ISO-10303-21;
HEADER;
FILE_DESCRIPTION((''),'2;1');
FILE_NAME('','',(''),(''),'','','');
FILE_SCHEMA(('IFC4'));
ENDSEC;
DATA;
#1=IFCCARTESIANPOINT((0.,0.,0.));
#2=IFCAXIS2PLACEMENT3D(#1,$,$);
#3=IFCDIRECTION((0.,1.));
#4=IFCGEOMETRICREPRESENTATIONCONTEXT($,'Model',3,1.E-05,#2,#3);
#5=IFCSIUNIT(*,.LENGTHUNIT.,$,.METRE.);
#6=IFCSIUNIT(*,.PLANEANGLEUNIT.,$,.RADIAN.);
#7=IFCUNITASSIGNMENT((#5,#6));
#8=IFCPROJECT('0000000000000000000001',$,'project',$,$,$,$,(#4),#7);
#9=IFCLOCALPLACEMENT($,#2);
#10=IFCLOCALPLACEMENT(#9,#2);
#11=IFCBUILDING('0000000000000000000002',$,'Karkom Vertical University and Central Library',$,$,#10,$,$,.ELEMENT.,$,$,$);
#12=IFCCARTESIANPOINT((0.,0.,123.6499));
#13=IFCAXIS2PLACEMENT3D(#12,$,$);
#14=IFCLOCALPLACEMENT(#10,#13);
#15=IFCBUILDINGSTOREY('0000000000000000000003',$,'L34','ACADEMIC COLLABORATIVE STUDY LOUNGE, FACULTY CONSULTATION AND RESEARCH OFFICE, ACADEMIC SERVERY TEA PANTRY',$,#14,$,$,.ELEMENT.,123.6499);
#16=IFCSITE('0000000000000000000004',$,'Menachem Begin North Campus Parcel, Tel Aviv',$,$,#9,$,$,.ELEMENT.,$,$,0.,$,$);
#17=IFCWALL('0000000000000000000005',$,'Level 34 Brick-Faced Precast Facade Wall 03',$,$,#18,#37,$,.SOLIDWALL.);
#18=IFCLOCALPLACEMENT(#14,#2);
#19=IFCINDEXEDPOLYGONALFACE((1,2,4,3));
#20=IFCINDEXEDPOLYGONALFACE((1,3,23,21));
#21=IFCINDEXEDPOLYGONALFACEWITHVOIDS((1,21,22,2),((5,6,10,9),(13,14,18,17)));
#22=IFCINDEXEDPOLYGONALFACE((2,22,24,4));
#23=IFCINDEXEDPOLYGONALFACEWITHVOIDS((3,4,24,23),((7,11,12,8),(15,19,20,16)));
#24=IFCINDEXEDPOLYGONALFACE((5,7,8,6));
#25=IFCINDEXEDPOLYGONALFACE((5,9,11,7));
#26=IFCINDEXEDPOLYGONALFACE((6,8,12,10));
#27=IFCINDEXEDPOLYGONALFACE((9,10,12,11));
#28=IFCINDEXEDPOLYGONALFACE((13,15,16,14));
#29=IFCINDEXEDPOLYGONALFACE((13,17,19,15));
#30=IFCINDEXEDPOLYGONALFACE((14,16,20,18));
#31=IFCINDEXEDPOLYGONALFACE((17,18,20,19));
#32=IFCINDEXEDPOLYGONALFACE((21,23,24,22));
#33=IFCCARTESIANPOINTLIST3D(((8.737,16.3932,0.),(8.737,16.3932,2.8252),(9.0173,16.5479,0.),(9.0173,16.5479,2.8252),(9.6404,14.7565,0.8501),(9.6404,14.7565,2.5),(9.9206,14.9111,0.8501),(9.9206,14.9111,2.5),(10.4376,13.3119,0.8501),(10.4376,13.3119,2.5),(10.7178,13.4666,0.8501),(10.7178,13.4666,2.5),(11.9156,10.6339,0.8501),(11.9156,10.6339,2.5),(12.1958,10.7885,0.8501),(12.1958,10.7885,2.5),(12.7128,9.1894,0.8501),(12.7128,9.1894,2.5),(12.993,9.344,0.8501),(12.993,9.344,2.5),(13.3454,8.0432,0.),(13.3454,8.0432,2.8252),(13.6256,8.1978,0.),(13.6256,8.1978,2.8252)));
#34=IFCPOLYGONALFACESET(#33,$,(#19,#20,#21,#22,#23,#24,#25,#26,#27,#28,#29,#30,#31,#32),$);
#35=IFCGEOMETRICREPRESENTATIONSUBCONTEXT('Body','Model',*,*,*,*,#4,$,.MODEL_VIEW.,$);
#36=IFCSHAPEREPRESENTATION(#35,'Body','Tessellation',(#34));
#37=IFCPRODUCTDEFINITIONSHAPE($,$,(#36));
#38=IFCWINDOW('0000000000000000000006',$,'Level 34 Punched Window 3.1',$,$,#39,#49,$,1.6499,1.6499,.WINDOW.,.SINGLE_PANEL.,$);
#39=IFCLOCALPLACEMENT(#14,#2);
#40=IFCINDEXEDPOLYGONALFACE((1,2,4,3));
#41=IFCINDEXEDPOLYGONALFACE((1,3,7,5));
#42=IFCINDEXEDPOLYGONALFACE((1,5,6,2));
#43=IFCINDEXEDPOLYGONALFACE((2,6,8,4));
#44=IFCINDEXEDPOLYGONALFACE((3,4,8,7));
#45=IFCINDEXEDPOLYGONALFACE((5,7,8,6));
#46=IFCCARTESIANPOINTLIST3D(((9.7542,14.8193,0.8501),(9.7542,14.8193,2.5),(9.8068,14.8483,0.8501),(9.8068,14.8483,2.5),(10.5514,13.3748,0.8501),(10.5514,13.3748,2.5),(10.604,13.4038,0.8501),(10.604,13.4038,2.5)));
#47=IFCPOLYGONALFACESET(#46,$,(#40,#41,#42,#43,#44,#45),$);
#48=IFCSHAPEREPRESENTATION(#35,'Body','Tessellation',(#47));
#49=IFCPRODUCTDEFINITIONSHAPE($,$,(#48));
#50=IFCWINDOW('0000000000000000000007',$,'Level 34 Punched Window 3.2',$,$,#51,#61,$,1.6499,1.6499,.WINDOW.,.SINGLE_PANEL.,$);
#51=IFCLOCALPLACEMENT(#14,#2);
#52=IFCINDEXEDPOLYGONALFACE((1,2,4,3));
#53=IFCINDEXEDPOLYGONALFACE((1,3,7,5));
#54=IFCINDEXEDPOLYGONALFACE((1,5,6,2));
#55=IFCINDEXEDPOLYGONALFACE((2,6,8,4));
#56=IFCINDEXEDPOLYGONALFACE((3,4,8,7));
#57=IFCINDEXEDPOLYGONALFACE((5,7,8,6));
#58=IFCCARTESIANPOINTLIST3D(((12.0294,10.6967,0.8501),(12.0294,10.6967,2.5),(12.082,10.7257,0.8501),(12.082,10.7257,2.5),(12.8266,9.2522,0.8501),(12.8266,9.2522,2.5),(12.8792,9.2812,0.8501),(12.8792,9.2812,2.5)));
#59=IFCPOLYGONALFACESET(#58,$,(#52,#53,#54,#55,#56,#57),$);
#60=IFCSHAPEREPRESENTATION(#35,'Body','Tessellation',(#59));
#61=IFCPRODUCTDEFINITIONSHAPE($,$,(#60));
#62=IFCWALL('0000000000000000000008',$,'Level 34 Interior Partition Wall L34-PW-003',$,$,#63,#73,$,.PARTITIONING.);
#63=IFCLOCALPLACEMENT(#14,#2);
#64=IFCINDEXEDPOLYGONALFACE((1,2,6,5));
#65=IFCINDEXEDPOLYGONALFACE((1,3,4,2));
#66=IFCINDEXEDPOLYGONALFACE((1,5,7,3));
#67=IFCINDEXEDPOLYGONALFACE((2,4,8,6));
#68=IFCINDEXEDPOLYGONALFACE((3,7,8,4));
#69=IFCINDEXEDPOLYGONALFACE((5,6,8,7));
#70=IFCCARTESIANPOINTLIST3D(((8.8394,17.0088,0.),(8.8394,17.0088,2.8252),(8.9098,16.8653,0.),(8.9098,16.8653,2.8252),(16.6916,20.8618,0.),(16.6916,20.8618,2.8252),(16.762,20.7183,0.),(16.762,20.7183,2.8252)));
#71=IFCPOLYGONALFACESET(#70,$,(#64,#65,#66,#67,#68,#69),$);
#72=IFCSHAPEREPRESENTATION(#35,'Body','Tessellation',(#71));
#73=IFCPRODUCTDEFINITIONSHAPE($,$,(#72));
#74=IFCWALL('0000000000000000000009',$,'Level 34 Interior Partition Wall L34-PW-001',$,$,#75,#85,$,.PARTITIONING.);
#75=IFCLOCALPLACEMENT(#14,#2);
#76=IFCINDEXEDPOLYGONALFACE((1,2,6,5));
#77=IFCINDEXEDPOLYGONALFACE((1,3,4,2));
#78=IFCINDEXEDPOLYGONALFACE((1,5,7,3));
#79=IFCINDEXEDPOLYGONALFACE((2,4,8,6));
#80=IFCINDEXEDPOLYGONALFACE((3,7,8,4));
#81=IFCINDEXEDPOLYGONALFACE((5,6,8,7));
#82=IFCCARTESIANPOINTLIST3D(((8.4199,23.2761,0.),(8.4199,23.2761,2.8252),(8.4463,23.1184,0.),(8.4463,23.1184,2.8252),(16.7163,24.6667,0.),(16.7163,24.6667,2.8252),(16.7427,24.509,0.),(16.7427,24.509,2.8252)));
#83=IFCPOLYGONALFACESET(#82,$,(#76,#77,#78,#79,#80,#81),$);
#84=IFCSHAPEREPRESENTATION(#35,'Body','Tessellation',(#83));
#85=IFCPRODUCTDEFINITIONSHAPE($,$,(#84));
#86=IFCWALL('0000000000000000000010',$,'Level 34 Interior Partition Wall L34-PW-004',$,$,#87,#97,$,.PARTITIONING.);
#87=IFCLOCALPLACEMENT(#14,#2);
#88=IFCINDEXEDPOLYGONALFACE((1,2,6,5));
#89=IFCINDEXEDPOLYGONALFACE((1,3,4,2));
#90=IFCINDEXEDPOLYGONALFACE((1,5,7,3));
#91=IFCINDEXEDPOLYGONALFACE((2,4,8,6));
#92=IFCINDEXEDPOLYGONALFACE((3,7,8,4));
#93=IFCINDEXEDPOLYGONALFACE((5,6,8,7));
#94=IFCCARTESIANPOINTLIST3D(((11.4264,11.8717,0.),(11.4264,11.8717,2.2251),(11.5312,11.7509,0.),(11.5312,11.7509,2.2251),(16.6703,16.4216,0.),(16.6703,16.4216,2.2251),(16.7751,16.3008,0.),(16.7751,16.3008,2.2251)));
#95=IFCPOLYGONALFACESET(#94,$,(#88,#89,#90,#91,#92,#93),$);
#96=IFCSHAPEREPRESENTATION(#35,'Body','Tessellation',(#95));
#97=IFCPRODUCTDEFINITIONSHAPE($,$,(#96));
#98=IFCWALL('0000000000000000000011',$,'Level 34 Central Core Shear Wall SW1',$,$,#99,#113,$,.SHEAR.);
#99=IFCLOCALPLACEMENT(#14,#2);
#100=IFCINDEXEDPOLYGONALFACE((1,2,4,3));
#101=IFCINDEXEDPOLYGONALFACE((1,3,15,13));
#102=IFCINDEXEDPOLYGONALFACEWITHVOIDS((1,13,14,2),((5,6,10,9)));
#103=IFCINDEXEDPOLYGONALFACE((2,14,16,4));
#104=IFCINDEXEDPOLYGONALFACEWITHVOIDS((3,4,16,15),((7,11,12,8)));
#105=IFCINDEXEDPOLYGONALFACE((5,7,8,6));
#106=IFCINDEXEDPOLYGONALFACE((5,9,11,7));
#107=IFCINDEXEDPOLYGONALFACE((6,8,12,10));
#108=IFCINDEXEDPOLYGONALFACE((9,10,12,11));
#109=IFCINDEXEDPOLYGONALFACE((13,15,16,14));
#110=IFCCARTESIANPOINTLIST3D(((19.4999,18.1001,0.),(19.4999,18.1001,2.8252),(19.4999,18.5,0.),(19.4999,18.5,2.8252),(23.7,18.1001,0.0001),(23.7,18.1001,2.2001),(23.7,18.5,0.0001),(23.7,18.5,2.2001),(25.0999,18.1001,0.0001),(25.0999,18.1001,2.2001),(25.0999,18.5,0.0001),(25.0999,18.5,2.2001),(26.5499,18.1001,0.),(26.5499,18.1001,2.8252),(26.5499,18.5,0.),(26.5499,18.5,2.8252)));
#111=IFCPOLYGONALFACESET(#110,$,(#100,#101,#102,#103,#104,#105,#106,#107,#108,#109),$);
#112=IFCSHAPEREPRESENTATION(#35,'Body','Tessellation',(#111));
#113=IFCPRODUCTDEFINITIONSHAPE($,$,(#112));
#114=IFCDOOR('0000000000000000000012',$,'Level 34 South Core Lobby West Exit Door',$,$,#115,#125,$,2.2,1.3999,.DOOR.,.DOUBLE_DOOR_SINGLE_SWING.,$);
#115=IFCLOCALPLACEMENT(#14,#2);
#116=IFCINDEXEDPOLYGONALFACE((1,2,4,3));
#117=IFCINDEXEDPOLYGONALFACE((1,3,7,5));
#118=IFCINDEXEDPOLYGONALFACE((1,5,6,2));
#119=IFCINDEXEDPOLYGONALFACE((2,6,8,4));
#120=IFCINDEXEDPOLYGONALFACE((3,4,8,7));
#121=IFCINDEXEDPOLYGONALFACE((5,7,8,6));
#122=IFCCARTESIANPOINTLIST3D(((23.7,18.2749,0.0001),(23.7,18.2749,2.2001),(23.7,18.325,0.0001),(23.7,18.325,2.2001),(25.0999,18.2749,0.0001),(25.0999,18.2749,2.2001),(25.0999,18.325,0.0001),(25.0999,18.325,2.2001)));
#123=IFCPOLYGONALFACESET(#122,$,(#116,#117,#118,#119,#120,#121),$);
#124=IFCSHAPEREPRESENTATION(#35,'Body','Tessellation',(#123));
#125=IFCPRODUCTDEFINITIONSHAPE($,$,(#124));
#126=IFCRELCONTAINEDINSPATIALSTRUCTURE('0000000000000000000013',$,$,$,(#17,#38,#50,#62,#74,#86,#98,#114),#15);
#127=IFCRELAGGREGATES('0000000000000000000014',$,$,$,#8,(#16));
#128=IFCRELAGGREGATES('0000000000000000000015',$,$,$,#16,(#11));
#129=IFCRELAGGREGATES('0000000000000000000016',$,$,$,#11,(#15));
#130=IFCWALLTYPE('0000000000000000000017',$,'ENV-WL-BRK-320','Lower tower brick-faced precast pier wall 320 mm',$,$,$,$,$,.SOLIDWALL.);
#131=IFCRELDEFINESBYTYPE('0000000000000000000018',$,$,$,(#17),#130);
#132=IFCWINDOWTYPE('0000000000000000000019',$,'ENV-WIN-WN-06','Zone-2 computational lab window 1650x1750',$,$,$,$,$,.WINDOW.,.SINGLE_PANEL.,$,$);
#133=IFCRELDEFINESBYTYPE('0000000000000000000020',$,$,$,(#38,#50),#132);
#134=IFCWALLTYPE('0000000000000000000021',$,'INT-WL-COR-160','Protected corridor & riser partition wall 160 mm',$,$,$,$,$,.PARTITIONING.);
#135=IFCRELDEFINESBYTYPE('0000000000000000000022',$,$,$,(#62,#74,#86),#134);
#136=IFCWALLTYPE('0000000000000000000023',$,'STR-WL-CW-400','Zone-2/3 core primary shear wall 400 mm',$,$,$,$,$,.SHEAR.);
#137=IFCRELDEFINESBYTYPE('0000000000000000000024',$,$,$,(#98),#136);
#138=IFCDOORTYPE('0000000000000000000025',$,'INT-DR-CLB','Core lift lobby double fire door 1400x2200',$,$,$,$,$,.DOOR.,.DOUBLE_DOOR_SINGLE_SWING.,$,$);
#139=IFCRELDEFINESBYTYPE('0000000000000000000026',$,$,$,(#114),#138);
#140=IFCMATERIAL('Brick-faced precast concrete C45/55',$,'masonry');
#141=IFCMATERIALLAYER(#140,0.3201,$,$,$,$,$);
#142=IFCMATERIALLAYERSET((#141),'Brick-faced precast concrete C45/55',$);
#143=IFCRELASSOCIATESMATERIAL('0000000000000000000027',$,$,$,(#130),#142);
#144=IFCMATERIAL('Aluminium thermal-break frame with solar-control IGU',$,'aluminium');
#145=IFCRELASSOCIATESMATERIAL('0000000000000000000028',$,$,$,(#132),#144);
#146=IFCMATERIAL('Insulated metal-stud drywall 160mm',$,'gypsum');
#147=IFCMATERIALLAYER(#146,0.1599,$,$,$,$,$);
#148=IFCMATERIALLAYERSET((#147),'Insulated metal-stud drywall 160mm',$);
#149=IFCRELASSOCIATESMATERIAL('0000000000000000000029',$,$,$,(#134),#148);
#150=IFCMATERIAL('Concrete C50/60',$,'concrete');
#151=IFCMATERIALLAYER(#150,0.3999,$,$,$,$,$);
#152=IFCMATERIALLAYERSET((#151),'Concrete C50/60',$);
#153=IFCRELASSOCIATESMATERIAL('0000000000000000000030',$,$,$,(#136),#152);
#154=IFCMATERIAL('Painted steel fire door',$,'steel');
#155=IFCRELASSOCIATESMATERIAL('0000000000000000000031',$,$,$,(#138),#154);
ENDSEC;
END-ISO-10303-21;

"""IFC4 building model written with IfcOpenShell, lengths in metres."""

from ifc_helpers import new_model, si_unit, direction, frame, frame_2d, origin, origin_with_axes, place, context, subcontext, project, spatial, rectangle, extrude, source, transform, mapped, material, layer, layer_set, type_object, element, fill, save


model = new_model("IFC4")

# Units and contexts
model_context = context("Model", 3, precision=1e-05, world=origin(), true_north=direction((0.0, 1.0)))
body_context = subcontext(model_context, "Body", "Model", "MODEL_VIEW")
ifc_project = project(units=[si_unit("LENGTHUNIT", "METRE"), si_unit("PLANEANGLEUNIT", "RADIAN")], contexts=[model_context])

# Site, building, storey
site_placement = place(None, origin())
site = spatial("IfcSite", under=ifc_project, at=site_placement, Name="Menachem Begin North Campus Parcel, Tel Aviv", CompositionType="ELEMENT", RefElevation=0.0)
building_placement = place(site_placement, origin())
building = spatial("IfcBuilding", under=site, at=building_placement, Name="Karkom Vertical University and Central Library", CompositionType="ELEMENT")
storey_placement = place(building_placement, frame((0.0, 0.0, 123.6499)))
storey = spatial("IfcBuildingStorey", under=building, at=storey_placement, Name="L34", Description="ACADEMIC COLLABORATIVE STUDY LOUNGE, FACULTY CONSULTATION AND RESEARCH OFFICE, ACADEMIC SERVERY TEA PANTRY", CompositionType="ELEMENT", Elevation=123.6499)

# Wall, openings, windows
ifc_material_1 = material(Name="Brick-faced precast concrete C45/55", Category="masonry")
ifc_layer_1 = layer(ifc_material_1, 0.3201)
ifc_layer_set_1 = layer_set([ifc_layer_1], Name="Brick-faced precast concrete C45/55")
wall_type_1 = type_object("IfcWallType", Name="ENV-WL-BRK-320", Description="Lower tower brick-faced precast pier wall 320 mm", PredefinedType="SOLIDWALL", material=ifc_layer_set_1)
wall_1_placement = place(storey_placement, frame((8.8772, 16.4705, 0.0), z_axis=(0.0, 0.0, 1.0), x_axis=(0.483194, -0.875513, 0.0)))
wall_1 = element("IfcWall", 1, at=wall_1_placement, inside=storey, type_object=wall_type_1, Name="Level 34 Brick-Faced Precast Facade Wall 03", PredefinedType="SOLIDWALL", context=body_context, shape_type="SweptSolid", body=[
    extrude(rectangle(XDim=9.5374, YDim=0.3201, at=frame_2d((4.7686, 0.0))), origin(), (0.0, 0.0, 1.0), 2.8252),
])
opening_1_placement = place(wall_1_placement, frame((1.8694, 0.0, 0.8501)))
opening_1 = element("IfcOpeningElement", 2, at=opening_1_placement, cuts=wall_1, PredefinedType="OPENING", context=body_context, shape_type="SweptSolid", body=[
    extrude(rectangle(XDim=1.6499, YDim=1.6499, at=frame_2d((0.825, 0.825))), frame((0.0, 0.1699, 0.0), z_axis=(0.0, -1.0, 0.0), x_axis=(1.0, 0.0, 0.0)), (0.0, 0.0, 1.0), 0.3401),
])
opening_2_placement = place(wall_1_placement, frame((6.5781, 0.0, 0.8501)))
opening_2 = element("IfcOpeningElement", 3, at=opening_2_placement, cuts=wall_1, PredefinedType="OPENING", context=body_context, shape_type="SweptSolid", body=[
    extrude(rectangle(XDim=1.6499, YDim=1.6499, at=frame_2d((0.825, 0.825))), frame((0.0, 0.1699, 0.0), z_axis=(0.0, -1.0, 0.0), x_axis=(1.0, 0.0, 0.0)), (0.0, 0.0, 1.0), 0.3401),
])
ifc_material_2 = material(Name="Aluminium thermal-break frame with solar-control IGU", Category="aluminium")
window_type = type_object("IfcWindowType", Name="ENV-WIN-WN-06", Description="Zone-2 computational lab window 1650x1750", PartitioningType="SINGLE_PANEL", PredefinedType="WINDOW", material=ifc_material_2)
shared_shape_1 = source(origin_with_axes(), body_context, "Body", "SweptSolid", [
    extrude(rectangle(XDim=1.6499, YDim=1.6499, at=frame_2d((0.825, 0.825))), frame((0.0, 0.03, 0.0), z_axis=(0.0, -1.0, 0.0), x_axis=(1.0, 0.0, 0.0)), (0.0, 0.0, 1.0), 0.0601),
])
window_1_placement = place(opening_1_placement, origin())
window_1 = element("IfcWindow", 4, at=window_1_placement, inside=storey, type_object=window_type, Name="Level 34 Punched Window 3.1", OverallHeight=1.6499, OverallWidth=1.6499, PartitioningType="SINGLE_PANEL", PredefinedType="WINDOW", context=body_context, shape_type="MappedRepresentation", body=[
    mapped(shared_shape_1, transform((0.0, 0.0, 0.0), scale=1.0)),
])
fill(opening_1, window_1)
window_2_placement = place(opening_2_placement, origin())
window_2 = element("IfcWindow", 5, at=window_2_placement, inside=storey, type_object=window_type, Name="Level 34 Punched Window 3.2", OverallHeight=1.6499, OverallWidth=1.6499, PartitioningType="SINGLE_PANEL", PredefinedType="WINDOW", context=body_context, shape_type="MappedRepresentation", body=[
    mapped(shared_shape_1, transform((0.0, 0.0, 0.0), scale=1.0)),
])
fill(opening_2, window_2)

# Shared definitions
ifc_material_3 = material(Name="Insulated metal-stud drywall 160mm", Category="gypsum")
ifc_layer_2 = layer(ifc_material_3, 0.1599)
ifc_layer_set_2 = layer_set([ifc_layer_2], Name="Insulated metal-stud drywall 160mm")
wall_type_2 = type_object("IfcWallType", Name="INT-WL-COR-160", Description="Protected corridor & riser partition wall 160 mm", PredefinedType="PARTITIONING", material=ifc_layer_set_2)

# Walls
wall_2_placement = place(storey_placement, frame((16.7268, 20.79, 0.0), z_axis=(0.0, 0.0, 1.0), x_axis=(-0.897746, -0.440513, 0.0)))
element("IfcWall", 6, at=wall_2_placement, inside=storey, type_object=wall_type_2, Name="Level 34 Interior Partition Wall L34-PW-003", PredefinedType="PARTITIONING", context=body_context, shape_type="SweptSolid", body=[
    extrude(rectangle(XDim=8.7466, YDim=0.1599, at=frame_2d((4.3733, 0.0))), origin(), (0.0, 0.0, 1.0), 2.8252),
])
wall_3_placement = place(storey_placement, frame((16.7295, 24.5879, 0.0), z_axis=(0.0, 0.0, 1.0), x_axis=(-0.986241, -0.165312, 0.0)))
element("IfcWall", 7, at=wall_3_placement, inside=storey, type_object=wall_type_2, Name="Level 34 Interior Partition Wall L34-PW-001", PredefinedType="PARTITIONING", context=body_context, shape_type="SweptSolid", body=[
    extrude(rectangle(XDim=8.4121, YDim=0.1599, at=frame_2d((4.2061, 0.0))), origin(), (0.0, 0.0, 1.0), 2.8252),
])
wall_4_placement = place(storey_placement, frame((16.7227, 16.3611, 0.0), z_axis=(0.0, 0.0, 1.0), x_axis=(-0.755326, -0.655349, 0.0)))
element("IfcWall", 8, at=wall_4_placement, inside=storey, type_object=wall_type_2, Name="Level 34 Interior Partition Wall L34-PW-004", PredefinedType="PARTITIONING", context=body_context, shape_type="SweptSolid", body=[
    extrude(rectangle(XDim=6.9426, YDim=0.1599, at=frame_2d((3.4712, 0.0))), origin(), (0.0, 0.0, 1.0), 2.2251),
])

# Wall, opening, door
ifc_material_4 = material(Name="Concrete C50/60", Category="concrete")
ifc_layer_3 = layer(ifc_material_4, 0.3999)
ifc_layer_set_3 = layer_set([ifc_layer_3], Name="Concrete C50/60")
wall_type_3 = type_object("IfcWallType", Name="STR-WL-CW-400", Description="Zone-2/3 core primary shear wall 400 mm", PredefinedType="SHEAR", material=ifc_layer_set_3)
wall_5_placement = place(storey_placement, frame((19.5, 18.3, 0.0), z_axis=(0.0, 0.0, 1.0), x_axis=(1.0, 0.0, 0.0)))
wall_5 = element("IfcWall", 9, at=wall_5_placement, inside=storey, type_object=wall_type_3, Name="Level 34 Central Core Shear Wall SW1", PredefinedType="SHEAR", context=body_context, shape_type="SweptSolid", body=[
    extrude(rectangle(XDim=7.05, YDim=0.3999, at=frame_2d((3.5249, 0.0))), origin(), (0.0, 0.0, 1.0), 2.8252),
])
opening_3_placement = place(wall_5_placement, frame((4.2, 0.0, 0.0)))
opening_3 = element("IfcOpeningElement", 10, at=opening_3_placement, cuts=wall_5, PredefinedType="OPENING", context=body_context, shape_type="SweptSolid", body=[
    extrude(rectangle(XDim=1.3999, YDim=2.2, at=frame_2d((0.7, 1.1001))), frame((0.0, 0.21, 0.0), z_axis=(0.0, -1.0, 0.0), x_axis=(1.0, 0.0, 0.0)), (0.0, 0.0, 1.0), 0.4199),
])
ifc_material_5 = material(Name="Painted steel fire door", Category="steel")
door_type_1 = type_object("IfcDoorType", Name="INT-DR-CLB", Description="Core lift lobby double fire door 1400x2200", OperationType="DOUBLE_DOOR_SINGLE_SWING", PredefinedType="DOOR", material=ifc_material_5)
shared_shape_2 = source(origin_with_axes(), body_context, "Body", "SweptSolid", [
    extrude(rectangle(XDim=1.3999, YDim=2.2, at=frame_2d((0.7, 1.1001))), frame((0.0, 0.0249, 0.0), z_axis=(0.0, -1.0, 0.0), x_axis=(1.0, 0.0, 0.0)), (0.0, 0.0, 1.0), 0.05),
])
door_1_placement = place(opening_3_placement, origin())
door_1 = element("IfcDoor", 11, at=door_1_placement, inside=storey, type_object=door_type_1, Name="Level 34 South Core Lobby West Exit Door", OperationType="DOUBLE_DOOR_SINGLE_SWING", OverallHeight=2.2, OverallWidth=1.3999, PredefinedType="DOOR", context=body_context, shape_type="MappedRepresentation", body=[
    mapped(shared_shape_2, transform((0.0, 0.0, 0.0), scale=1.0)),
])
fill(opening_3, door_1)

save(model, "model.ifc")
